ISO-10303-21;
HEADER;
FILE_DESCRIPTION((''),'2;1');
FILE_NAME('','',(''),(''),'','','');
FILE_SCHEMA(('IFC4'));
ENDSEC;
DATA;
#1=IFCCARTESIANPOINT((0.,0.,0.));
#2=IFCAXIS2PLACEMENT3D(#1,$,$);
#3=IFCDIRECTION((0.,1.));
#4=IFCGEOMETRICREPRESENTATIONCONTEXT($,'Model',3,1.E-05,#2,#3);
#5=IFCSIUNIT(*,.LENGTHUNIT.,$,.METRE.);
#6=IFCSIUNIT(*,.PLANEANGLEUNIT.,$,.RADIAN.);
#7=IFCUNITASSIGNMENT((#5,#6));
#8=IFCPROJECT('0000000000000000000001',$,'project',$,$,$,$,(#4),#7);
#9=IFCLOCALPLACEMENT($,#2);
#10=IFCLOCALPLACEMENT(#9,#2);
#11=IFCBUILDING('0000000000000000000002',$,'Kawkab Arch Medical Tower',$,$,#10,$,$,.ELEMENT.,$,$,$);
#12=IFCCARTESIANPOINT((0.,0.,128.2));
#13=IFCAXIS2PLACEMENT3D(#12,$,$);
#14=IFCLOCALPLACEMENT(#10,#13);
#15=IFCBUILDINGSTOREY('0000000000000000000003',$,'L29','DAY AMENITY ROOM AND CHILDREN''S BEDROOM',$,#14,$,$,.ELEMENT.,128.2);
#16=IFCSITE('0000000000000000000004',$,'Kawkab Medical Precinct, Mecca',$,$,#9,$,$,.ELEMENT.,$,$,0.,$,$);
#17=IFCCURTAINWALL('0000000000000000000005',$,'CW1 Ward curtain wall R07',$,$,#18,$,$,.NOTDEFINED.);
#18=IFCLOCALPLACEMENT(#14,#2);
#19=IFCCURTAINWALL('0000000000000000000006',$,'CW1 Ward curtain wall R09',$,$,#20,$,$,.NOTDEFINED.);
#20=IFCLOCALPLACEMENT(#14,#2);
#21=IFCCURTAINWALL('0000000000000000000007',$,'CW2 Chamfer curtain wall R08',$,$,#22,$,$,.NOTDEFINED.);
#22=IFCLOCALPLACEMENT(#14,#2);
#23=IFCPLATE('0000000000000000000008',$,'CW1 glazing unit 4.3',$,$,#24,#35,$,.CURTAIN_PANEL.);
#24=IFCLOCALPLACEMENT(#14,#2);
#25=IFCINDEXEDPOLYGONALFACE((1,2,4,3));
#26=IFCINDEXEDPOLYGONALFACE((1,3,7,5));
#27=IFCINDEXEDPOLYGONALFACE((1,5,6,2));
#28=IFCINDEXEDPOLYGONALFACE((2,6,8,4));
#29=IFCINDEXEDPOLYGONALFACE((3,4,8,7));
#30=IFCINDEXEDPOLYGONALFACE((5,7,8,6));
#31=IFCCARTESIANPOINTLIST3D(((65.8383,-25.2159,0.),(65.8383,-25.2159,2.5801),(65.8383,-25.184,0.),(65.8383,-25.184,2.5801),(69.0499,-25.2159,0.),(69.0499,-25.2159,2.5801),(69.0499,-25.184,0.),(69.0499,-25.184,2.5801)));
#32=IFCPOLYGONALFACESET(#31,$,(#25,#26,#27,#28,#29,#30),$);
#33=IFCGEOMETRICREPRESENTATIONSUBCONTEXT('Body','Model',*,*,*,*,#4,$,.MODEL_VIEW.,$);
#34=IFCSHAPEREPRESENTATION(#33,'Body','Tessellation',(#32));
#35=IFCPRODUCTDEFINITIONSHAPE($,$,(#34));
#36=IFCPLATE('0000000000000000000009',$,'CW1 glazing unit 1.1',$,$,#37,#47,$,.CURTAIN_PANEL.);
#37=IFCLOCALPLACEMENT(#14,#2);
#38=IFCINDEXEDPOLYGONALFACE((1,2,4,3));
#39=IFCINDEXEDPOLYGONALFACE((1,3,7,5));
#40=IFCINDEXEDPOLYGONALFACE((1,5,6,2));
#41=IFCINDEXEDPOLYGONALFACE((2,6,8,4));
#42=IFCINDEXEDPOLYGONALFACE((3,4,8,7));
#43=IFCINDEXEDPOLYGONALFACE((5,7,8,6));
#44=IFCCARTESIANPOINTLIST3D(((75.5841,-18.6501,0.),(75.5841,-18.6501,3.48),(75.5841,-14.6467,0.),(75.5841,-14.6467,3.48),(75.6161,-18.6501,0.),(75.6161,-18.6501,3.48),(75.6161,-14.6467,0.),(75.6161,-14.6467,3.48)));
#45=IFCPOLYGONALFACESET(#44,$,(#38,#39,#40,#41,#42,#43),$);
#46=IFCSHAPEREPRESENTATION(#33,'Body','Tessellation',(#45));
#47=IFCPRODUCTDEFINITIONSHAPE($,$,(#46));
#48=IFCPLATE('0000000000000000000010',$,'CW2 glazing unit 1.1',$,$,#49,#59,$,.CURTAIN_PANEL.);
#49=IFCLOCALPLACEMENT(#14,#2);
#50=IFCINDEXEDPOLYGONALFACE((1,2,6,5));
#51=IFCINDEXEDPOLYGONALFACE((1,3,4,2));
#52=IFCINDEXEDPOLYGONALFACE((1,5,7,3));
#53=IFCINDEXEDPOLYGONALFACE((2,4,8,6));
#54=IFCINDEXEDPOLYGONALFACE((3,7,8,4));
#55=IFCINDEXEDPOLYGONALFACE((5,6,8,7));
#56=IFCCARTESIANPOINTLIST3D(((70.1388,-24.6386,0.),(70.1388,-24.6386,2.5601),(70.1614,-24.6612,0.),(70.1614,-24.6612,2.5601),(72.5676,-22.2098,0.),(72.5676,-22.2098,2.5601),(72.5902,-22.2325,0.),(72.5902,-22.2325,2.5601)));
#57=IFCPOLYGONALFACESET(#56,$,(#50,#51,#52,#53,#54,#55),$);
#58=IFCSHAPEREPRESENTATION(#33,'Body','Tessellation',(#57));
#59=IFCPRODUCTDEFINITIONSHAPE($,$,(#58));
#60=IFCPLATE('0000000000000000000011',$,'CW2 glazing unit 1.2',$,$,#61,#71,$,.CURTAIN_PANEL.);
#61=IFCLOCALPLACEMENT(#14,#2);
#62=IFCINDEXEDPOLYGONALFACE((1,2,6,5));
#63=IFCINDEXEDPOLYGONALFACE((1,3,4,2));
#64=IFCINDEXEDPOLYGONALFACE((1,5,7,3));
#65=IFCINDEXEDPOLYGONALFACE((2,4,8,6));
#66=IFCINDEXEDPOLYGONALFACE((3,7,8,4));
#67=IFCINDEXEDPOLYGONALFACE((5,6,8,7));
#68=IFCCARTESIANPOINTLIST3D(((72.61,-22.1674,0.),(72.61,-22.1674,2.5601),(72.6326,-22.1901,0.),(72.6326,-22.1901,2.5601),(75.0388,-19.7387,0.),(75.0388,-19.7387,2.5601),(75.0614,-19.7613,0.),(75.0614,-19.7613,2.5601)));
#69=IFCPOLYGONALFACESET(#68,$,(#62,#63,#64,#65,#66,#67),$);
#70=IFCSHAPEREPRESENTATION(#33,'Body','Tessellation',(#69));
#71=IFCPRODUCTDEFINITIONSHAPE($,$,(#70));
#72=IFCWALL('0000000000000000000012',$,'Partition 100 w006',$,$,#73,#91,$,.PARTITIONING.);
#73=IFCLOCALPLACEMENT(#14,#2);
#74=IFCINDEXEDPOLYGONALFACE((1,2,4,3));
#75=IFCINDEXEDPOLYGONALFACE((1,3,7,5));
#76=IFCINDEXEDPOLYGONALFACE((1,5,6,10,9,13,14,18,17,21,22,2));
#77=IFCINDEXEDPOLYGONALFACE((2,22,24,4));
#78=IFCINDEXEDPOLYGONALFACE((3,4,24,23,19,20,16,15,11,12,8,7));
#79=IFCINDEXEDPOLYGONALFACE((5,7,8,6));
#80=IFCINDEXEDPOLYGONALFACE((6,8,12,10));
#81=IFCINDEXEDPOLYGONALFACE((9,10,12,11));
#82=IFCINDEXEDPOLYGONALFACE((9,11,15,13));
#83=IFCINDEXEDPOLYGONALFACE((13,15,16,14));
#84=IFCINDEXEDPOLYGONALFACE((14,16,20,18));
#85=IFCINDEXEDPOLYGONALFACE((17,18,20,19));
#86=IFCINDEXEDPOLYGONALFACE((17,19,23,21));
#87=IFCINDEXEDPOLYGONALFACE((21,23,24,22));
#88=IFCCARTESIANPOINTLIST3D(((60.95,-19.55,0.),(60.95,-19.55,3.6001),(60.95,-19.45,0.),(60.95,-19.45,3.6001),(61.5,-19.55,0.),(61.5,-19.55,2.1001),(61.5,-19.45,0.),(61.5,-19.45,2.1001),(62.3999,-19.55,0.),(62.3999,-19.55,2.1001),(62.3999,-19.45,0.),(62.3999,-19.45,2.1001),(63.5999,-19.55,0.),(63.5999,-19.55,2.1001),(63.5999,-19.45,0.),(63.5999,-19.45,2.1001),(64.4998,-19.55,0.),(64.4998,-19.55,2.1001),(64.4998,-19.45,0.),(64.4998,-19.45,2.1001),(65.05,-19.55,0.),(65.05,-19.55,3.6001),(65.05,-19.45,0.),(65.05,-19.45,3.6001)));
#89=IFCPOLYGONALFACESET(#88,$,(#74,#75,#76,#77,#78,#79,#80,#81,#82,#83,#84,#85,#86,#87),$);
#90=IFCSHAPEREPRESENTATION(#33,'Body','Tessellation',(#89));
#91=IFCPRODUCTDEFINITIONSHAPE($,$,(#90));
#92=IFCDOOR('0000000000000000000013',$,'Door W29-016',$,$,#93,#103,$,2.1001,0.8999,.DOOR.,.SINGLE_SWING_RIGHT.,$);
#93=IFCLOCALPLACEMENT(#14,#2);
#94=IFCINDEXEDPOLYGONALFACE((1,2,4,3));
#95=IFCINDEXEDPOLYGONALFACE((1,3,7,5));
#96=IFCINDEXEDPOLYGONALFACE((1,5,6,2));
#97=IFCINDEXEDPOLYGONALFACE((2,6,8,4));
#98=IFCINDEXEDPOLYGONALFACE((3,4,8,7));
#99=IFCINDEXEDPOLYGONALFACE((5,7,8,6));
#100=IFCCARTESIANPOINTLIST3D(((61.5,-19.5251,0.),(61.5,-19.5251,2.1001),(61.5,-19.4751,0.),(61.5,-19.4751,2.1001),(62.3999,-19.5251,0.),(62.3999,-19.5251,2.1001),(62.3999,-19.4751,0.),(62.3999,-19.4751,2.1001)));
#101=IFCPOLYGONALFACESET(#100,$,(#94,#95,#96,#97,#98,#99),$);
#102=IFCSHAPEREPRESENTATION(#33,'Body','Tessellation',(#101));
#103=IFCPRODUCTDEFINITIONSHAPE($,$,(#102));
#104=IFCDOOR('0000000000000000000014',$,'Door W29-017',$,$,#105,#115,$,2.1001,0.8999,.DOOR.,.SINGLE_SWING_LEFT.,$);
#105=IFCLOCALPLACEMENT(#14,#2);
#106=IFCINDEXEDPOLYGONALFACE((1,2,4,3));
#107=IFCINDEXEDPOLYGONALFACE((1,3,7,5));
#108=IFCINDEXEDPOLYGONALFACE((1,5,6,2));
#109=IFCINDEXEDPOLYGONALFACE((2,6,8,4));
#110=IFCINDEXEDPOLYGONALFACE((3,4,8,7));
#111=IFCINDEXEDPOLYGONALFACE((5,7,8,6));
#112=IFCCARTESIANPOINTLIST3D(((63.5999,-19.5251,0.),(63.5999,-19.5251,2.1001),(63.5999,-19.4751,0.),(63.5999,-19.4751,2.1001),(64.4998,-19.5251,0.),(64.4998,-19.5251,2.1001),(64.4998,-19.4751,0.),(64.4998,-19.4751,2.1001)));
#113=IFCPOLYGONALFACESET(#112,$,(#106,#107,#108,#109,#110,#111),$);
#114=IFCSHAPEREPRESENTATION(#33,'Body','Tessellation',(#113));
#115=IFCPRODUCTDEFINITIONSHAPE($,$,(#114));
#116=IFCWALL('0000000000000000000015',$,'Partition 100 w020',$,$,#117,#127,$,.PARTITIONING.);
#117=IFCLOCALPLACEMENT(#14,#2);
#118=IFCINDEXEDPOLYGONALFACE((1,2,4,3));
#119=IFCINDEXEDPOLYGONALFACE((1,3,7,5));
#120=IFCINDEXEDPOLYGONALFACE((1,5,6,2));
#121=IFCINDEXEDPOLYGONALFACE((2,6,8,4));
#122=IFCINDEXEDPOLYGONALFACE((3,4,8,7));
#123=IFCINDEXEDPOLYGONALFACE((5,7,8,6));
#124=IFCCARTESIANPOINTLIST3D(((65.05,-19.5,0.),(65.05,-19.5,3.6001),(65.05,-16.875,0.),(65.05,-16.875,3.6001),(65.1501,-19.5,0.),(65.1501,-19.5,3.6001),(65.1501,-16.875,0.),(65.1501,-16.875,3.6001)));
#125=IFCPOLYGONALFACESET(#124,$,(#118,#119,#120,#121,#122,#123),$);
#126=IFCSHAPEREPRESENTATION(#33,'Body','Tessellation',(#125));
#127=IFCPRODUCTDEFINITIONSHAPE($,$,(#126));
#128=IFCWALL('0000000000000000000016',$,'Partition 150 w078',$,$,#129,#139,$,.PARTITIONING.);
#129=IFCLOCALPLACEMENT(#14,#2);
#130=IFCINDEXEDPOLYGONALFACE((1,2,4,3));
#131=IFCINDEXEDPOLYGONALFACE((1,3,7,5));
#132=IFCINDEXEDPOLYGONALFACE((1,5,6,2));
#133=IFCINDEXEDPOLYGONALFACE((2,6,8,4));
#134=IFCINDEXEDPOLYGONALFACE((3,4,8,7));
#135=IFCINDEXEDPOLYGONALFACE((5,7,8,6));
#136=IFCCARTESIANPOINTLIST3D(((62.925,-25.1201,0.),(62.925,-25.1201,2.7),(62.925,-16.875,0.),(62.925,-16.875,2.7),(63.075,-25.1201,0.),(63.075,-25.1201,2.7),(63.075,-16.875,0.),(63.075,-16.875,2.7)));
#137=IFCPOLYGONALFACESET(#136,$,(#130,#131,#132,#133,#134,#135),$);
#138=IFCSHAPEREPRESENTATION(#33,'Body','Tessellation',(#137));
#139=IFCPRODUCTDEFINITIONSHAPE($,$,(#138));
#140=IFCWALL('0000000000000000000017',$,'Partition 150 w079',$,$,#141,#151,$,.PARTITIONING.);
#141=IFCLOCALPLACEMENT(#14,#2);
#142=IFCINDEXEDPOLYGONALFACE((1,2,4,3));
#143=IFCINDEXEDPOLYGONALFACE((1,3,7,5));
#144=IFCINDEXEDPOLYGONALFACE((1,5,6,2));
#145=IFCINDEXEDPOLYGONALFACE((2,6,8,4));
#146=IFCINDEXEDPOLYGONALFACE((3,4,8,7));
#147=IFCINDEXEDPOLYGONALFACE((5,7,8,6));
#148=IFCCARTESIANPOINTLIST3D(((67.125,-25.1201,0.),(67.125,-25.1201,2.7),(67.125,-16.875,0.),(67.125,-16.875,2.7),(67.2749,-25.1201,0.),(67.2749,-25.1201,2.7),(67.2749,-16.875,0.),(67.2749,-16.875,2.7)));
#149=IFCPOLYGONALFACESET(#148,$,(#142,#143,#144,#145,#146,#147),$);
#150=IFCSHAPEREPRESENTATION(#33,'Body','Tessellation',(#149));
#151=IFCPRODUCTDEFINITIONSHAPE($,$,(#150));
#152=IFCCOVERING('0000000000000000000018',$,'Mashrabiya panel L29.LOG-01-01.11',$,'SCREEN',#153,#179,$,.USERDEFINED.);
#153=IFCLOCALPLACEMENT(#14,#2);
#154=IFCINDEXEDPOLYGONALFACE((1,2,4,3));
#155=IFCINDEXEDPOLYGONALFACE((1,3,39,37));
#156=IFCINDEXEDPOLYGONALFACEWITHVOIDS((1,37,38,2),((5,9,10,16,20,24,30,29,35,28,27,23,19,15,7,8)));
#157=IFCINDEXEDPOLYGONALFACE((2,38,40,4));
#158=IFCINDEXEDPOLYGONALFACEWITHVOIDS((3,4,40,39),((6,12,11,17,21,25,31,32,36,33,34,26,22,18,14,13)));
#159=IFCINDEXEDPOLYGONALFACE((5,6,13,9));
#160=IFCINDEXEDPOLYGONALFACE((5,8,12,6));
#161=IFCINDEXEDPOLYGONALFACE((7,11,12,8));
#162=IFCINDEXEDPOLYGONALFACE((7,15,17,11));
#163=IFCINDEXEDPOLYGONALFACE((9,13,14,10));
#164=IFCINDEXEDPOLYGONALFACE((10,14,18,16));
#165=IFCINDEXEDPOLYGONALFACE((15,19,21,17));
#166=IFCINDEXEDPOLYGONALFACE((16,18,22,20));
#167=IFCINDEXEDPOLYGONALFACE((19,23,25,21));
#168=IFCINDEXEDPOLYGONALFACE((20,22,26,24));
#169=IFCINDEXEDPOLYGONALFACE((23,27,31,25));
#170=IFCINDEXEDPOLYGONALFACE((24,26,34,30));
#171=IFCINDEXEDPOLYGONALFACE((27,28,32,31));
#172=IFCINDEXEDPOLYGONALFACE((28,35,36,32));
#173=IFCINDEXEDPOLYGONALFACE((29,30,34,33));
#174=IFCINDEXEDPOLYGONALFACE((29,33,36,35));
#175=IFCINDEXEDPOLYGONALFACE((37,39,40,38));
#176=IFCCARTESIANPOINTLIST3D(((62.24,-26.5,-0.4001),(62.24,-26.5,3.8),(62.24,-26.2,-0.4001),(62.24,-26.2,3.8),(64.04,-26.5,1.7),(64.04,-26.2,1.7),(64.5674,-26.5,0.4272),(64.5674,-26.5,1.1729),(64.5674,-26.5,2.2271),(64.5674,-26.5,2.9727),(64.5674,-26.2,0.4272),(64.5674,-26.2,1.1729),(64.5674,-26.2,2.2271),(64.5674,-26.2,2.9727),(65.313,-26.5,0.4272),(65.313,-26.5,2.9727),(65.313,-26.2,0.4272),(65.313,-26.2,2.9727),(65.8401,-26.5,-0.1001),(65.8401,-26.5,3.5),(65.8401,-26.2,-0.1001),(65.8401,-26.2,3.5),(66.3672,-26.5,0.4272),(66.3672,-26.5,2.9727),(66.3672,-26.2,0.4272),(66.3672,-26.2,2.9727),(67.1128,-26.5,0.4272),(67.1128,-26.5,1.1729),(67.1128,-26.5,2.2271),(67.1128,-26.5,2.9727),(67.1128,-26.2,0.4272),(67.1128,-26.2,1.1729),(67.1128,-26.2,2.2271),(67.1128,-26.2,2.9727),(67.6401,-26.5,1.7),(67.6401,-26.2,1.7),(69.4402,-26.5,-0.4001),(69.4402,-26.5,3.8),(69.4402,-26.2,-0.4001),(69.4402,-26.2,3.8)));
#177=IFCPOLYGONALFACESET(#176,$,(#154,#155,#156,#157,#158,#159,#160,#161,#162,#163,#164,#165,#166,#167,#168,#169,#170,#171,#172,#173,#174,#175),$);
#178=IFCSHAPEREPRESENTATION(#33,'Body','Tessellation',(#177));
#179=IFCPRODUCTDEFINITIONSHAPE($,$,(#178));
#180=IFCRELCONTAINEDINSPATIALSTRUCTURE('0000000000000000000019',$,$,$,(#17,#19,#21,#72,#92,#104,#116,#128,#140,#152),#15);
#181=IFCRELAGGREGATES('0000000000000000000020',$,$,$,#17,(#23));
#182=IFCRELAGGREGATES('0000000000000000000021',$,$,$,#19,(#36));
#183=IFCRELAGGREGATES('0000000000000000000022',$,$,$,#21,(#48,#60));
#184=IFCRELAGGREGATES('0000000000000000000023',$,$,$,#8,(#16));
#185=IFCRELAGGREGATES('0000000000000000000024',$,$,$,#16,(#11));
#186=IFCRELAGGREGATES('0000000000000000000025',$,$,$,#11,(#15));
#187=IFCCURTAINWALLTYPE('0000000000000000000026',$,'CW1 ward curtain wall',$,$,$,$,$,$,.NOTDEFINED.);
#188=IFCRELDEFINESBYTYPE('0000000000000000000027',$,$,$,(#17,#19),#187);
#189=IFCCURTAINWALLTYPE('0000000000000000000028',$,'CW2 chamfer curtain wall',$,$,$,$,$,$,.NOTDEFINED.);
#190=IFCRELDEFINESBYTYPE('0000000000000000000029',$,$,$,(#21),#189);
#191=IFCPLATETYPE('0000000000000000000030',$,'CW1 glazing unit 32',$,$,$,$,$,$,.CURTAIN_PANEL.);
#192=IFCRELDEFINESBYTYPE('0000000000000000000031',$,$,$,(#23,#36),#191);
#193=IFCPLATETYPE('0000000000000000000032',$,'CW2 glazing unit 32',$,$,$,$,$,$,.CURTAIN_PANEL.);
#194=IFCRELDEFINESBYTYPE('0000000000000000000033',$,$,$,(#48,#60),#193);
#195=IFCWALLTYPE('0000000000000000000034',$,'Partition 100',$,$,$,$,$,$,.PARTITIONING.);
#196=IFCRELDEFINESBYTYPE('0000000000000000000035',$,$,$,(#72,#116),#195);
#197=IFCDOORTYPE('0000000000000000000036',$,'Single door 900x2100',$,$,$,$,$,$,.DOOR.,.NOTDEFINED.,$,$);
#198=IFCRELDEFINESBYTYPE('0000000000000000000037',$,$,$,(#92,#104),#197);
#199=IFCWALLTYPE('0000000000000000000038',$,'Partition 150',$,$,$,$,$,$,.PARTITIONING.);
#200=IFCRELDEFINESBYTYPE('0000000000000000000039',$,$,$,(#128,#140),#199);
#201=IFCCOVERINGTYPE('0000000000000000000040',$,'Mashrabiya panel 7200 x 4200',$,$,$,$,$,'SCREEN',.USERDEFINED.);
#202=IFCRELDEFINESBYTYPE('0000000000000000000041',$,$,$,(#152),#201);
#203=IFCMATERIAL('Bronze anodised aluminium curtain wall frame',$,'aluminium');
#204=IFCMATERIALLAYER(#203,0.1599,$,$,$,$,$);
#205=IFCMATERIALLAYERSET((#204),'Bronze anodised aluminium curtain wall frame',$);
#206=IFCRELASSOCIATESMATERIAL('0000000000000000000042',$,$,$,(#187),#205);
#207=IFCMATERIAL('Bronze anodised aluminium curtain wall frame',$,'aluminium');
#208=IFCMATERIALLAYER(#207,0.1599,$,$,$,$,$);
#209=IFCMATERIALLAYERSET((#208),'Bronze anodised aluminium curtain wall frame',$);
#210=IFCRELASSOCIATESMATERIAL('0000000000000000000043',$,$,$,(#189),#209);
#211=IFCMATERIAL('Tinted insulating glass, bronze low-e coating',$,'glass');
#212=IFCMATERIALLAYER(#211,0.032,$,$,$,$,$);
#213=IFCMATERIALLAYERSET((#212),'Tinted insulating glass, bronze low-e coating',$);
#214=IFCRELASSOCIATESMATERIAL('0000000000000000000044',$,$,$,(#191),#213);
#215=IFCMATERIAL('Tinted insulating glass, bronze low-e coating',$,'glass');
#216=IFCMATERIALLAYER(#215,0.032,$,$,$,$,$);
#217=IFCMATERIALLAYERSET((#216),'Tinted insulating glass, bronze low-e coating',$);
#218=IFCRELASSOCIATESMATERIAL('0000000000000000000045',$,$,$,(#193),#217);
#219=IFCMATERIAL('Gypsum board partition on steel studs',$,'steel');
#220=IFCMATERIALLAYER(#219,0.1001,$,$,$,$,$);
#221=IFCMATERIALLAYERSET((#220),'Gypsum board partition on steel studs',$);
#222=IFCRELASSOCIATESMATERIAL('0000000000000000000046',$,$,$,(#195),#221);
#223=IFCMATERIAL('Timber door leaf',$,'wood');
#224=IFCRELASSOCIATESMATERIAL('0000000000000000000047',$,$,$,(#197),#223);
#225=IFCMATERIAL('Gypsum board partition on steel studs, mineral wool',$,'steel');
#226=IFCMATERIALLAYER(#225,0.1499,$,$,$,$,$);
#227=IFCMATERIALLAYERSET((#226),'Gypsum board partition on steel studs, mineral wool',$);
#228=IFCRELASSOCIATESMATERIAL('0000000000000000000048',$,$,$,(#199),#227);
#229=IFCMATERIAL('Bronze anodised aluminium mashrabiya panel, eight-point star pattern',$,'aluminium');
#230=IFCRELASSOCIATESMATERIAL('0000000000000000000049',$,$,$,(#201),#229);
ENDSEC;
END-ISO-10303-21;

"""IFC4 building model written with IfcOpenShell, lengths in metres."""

from ifc_helpers import new_model, si_unit, direction, frame, frame_2d, origin, origin_2d, place, context, subcontext, project, spatial, polyline, rectangle, outline, extrude, material, layer, layer_set, material_profile, profile_set, type_object, element, fill, aggregate, save


model = new_model("IFC4")

# Units and contexts
model_context = context("Model", 3, precision=1e-05, world=origin(), true_north=direction((0.0, 1.0)))
body_context = subcontext(model_context, "Body", "Model", "MODEL_VIEW")
ifc_project = project(units=[si_unit("LENGTHUNIT", "METRE"), si_unit("PLANEANGLEUNIT", "RADIAN")], contexts=[model_context])

# Site, building, storey
site_placement = place(None, origin())
site = spatial("IfcSite", under=ifc_project, at=site_placement, Name="Kawkab Medical Precinct, Mecca", CompositionType="ELEMENT", RefElevation=0.0)
building_placement = place(site_placement, origin())
building = spatial("IfcBuilding", under=site, at=building_placement, Name="Kawkab Arch Medical Tower", CompositionType="ELEMENT")
storey_placement = place(building_placement, frame((0.0, 0.0, 128.2)))
storey = spatial("IfcBuildingStorey", under=building, at=storey_placement, Name="L29", Description="DAY AMENITY ROOM AND CHILDREN'S BEDROOM", CompositionType="ELEMENT", Elevation=128.2)

# Curtain walls
ifc_material_1 = material(Name="Bronze anodised aluminium curtain wall frame", Category="aluminium")
ifc_layer_1 = layer(ifc_material_1, 0.1599)
ifc_layer_set_1 = layer_set([ifc_layer_1], Name="Bronze anodised aluminium curtain wall frame")
curtain_wall_type_1 = type_object("IfcCurtainWallType", Name="CW1 ward curtain wall", PredefinedType="NOTDEFINED", material=ifc_layer_set_1)
placement = place(storey_placement, origin())
curtain_wall_1 = element("IfcCurtainWall", 1, at=placement, inside=storey, type_object=curtain_wall_type_1, Name="CW1 Ward curtain wall R07", PredefinedType="NOTDEFINED")
curtain_wall_2 = element("IfcCurtainWall", 2, at=placement, inside=storey, type_object=curtain_wall_type_1, Name="CW1 Ward curtain wall R09", PredefinedType="NOTDEFINED")
ifc_material_2 = material(Name="Bronze anodised aluminium curtain wall frame", Category="aluminium")
ifc_layer_2 = layer(ifc_material_2, 0.1599)
ifc_layer_set_2 = layer_set([ifc_layer_2], Name="Bronze anodised aluminium curtain wall frame")
curtain_wall_type_2 = type_object("IfcCurtainWallType", Name="CW2 chamfer curtain wall", PredefinedType="NOTDEFINED", material=ifc_layer_set_2)
curtain_wall_3 = element("IfcCurtainWall", 3, at=placement, inside=storey, type_object=curtain_wall_type_2, Name="CW2 Chamfer curtain wall R08", PredefinedType="NOTDEFINED")

# Plates
ifc_material_3 = material(Name="Tinted insulating glass, bronze low-e coating", Category="glass")
ifc_layer_3 = layer(ifc_material_3, 0.032)
ifc_layer_set_3 = layer_set([ifc_layer_3], Name="Tinted insulating glass, bronze low-e coating")
plate_type_1 = type_object("IfcPlateType", Name="CW1 glazing unit 32", PredefinedType="CURTAIN_PANEL", material=ifc_layer_set_3)
plate_1_placement = place(storey_placement, frame((67.4441, -25.2, 0.0), z_axis=(0.0, 0.0, 1.0), x_axis=(1.0, 0.0, 0.0)))
plate_1 = element("IfcPlate", 4, at=plate_1_placement, type_object=plate_type_1, Name="CW1 glazing unit 4.3", PredefinedType="CURTAIN_PANEL", context=body_context, shape_type="SweptSolid", body=[
    extrude(rectangle(XDim=3.2117, YDim=0.032, at=origin_2d()), origin(), (0.0, 0.0, 1.0), 2.5801),
])
aggregate(curtain_wall_1, [plate_1])
plate_2_placement = place(storey_placement, frame((75.6001, -16.6484, 0.0), z_axis=(0.0, 0.0, 1.0), x_axis=(0.0, 1.0, 0.0)))
plate_2 = element("IfcPlate", 5, at=plate_2_placement, type_object=plate_type_1, Name="CW1 glazing unit 1.1", PredefinedType="CURTAIN_PANEL", context=body_context, shape_type="SweptSolid", body=[
    extrude(rectangle(XDim=4.0034, YDim=0.032, at=origin_2d()), origin(), (0.0, 0.0, 1.0), 3.48),
])
aggregate(curtain_wall_2, [plate_2])
ifc_material_4 = material(Name="Tinted insulating glass, bronze low-e coating", Category="glass")
ifc_layer_4 = layer(ifc_material_4, 0.032)
ifc_layer_set_4 = layer_set([ifc_layer_4], Name="Tinted insulating glass, bronze low-e coating")
plate_type_2 = type_object("IfcPlateType", Name="CW2 glazing unit 32", PredefinedType="CURTAIN_PANEL", material=ifc_layer_set_4)
plate_3_placement = place(storey_placement, frame((71.3645, -23.4355, 0.0), z_axis=(0.0, 0.0, 1.0), x_axis=(0.707107, 0.707107, 0.0)))
plate_3 = element("IfcPlate", 6, at=plate_3_placement, type_object=plate_type_2, Name="CW2 glazing unit 1.1", PredefinedType="CURTAIN_PANEL", context=body_context, shape_type="SweptSolid", body=[
    extrude(rectangle(XDim=3.4348, YDim=0.032, at=origin_2d()), origin(), (0.0, 0.0, 1.0), 2.5601),
])
plate_4_placement = place(storey_placement, frame((73.8357, -20.9644, 0.0), z_axis=(0.0, 0.0, 1.0), x_axis=(0.707107, 0.707107, 0.0)))
plate_4 = element("IfcPlate", 7, at=plate_4_placement, type_object=plate_type_2, Name="CW2 glazing unit 1.2", PredefinedType="CURTAIN_PANEL", context=body_context, shape_type="SweptSolid", body=[
    extrude(rectangle(XDim=3.4348, YDim=0.032, at=origin_2d()), origin(), (0.0, 0.0, 1.0), 2.5601),
])
aggregate(curtain_wall_3, [plate_3, plate_4])

# Wall, openings, doors
ifc_material_5 = material(Name="Gypsum board partition on steel studs", Category="steel")
ifc_layer_5 = layer(ifc_material_5, 0.1001)
ifc_layer_set_5 = layer_set([ifc_layer_5], Name="Gypsum board partition on steel studs")
wall_type_1 = type_object("IfcWallType", Name="Partition 100", PredefinedType="PARTITIONING", material=ifc_layer_set_5)
wall_1_placement = place(storey_placement, frame((60.95, -19.5, 0.0), z_axis=(0.0, 0.0, 1.0), x_axis=(1.0, 0.0, 0.0)))
wall_1 = element("IfcWall", 8, at=wall_1_placement, inside=storey, type_object=wall_type_1, Name="Partition 100 w006", PredefinedType="PARTITIONING", context=body_context, shape_type="SweptSolid", body=[
    extrude(rectangle(XDim=4.1001, YDim=0.1001, at=frame_2d((2.05, 0.0))), origin(), (0.0, 0.0, 1.0), 3.6001),
])
opening_1_placement = place(wall_1_placement, frame((0.55, 0.0, 0.0)))
opening_1 = element("IfcOpeningElement", 9, at=opening_1_placement, cuts=wall_1, PredefinedType="OPENING", context=body_context, shape_type="SweptSolid", body=[
    extrude(rectangle(XDim=0.8999, YDim=2.1001, at=frame_2d((0.45, 1.05))), frame((0.0, 0.0601, 0.0), z_axis=(0.0, -1.0, 0.0), x_axis=(1.0, 0.0, 0.0)), (0.0, 0.0, 1.0), 0.1201),
])
opening_2_placement = place(wall_1_placement, frame((2.6499, 0.0, 0.0)))
opening_2 = element("IfcOpeningElement", 10, at=opening_2_placement, cuts=wall_1, PredefinedType="OPENING", context=body_context, shape_type="SweptSolid", body=[
    extrude(rectangle(XDim=0.8999, YDim=2.1001, at=frame_2d((0.45, 1.05))), frame((0.0, 0.0601, 0.0), z_axis=(0.0, -1.0, 0.0), x_axis=(1.0, 0.0, 0.0)), (0.0, 0.0, 1.0), 0.1201),
])
ifc_material_6 = material(Name="Timber door leaf", Category="wood")
door_type = type_object("IfcDoorType", Name="Single door 900x2100", OperationType="NOTDEFINED", PredefinedType="DOOR", material=ifc_material_6)
door_1_placement = place(opening_1_placement, origin())
door_1 = element("IfcDoor", 11, at=door_1_placement, inside=storey, type_object=door_type, Name="Door W29-016", OperationType="SINGLE_SWING_RIGHT", OverallHeight=2.1001, OverallWidth=0.8999, PredefinedType="DOOR", context=body_context, shape_type="SweptSolid", body=[
    extrude(rectangle(XDim=0.8999, YDim=2.1001, at=frame_2d((0.45, 1.05))), frame((0.0, 0.0249, 0.0), z_axis=(0.0, -1.0, 0.0), x_axis=(1.0, 0.0, 0.0)), (0.0, 0.0, 1.0), 0.05),
])
fill(opening_1, door_1)
door_2_placement = place(opening_2_placement, origin())
door_2 = element("IfcDoor", 12, at=door_2_placement, inside=storey, type_object=door_type, Name="Door W29-017", OperationType="SINGLE_SWING_LEFT", OverallHeight=2.1001, OverallWidth=0.8999, PredefinedType="DOOR", context=body_context, shape_type="SweptSolid", body=[
    extrude(rectangle(XDim=0.8999, YDim=2.1001, at=frame_2d((0.45, 1.05))), frame((0.0, 0.0249, 0.0), z_axis=(0.0, -1.0, 0.0), x_axis=(1.0, 0.0, 0.0)), (0.0, 0.0, 1.0), 0.05),
])
fill(opening_2, door_2)

# Walls
wall_2_placement = place(storey_placement, frame((65.1001, -19.5, 0.0), z_axis=(0.0, 0.0, 1.0), x_axis=(0.0, 1.0, 0.0)))
element("IfcWall", 13, at=wall_2_placement, inside=storey, type_object=wall_type_1, Name="Partition 100 w020", PredefinedType="PARTITIONING", context=body_context, shape_type="SweptSolid", body=[
    extrude(rectangle(XDim=2.625, YDim=0.1001, at=frame_2d((1.3125, 0.0))), origin(), (0.0, 0.0, 1.0), 3.6001),
])
ifc_material_7 = material(Name="Gypsum board partition on steel studs, mineral wool", Category="steel")
ifc_layer_6 = layer(ifc_material_7, 0.1499)
ifc_layer_set_6 = layer_set([ifc_layer_6], Name="Gypsum board partition on steel studs, mineral wool")
wall_type_2 = type_object("IfcWallType", Name="Partition 150", PredefinedType="PARTITIONING", material=ifc_layer_set_6)
for number, where, z_axis, x_axis, name in (
    (14, (63.0, -25.1201, 0.0), (0.0, 0.0, 1.0), (0.0, 1.0, 0.0), "Partition 150 w078"),
    (15, (67.2, -25.1201, 0.0), (0.0, 0.0, 1.0), (0.0, 1.0, 0.0), "Partition 150 w079"),
):
    element("IfcWall", number, at=place(storey_placement, frame(where, z_axis=z_axis, x_axis=x_axis)), inside=storey, type_object=wall_type_2, Name=name, PredefinedType="PARTITIONING", context=body_context, shape_type="SweptSolid", body=[
        extrude(rectangle(XDim=8.2451, YDim=0.1499, at=frame_2d((4.1226, 0.0))), origin(), (0.0, 0.0, 1.0), 2.7),
    ])

# Covering
ifc_material_8 = material(Name="Bronze anodised aluminium mashrabiya panel, eight-point star pattern", Category="aluminium")
ifc_material_profile_1 = material_profile(ifc_material_8, outline(polyline([(-3.6001, -2.1001), (3.6001, -2.1001), (3.6001, 2.1001), (-3.6001, 2.1001), (-3.6001, -2.1001)]), holes=[polyline([(1.8, 0.0), (1.2727, 0.5271), (1.2727, 1.2727), (0.5271, 1.2727), (0.0, 1.8), (-0.5271, 1.2727), (-1.2727, 1.2727), (-1.2727, 0.5271), (-1.8, 0.0), (-1.2727, -0.5271), (-1.2727, -1.2727), (-0.5271, -1.2727), (0.0, -1.8), (0.5271, -1.2727), (1.2727, -1.2727), (1.2727, -0.5271), (1.8, 0.0)])]), Name="Mashrabiya panel 7200x4200")
ifc_profile_set_1 = profile_set([ifc_material_profile_1], Name="Bronze anodised aluminium mashrabiya panel, eight-point star pattern")
covering_type_1 = type_object("IfcCoveringType", Name="Mashrabiya panel 7200 x 4200", ElementType="SCREEN", PredefinedType="USERDEFINED", material=ifc_profile_set_1)
covering_1_placement = place(storey_placement, frame((65.8401, -26.2, 1.7), z_axis=(0.0, -1.0, 0.0), x_axis=(1.0, 0.0, 0.0)))
element("IfcCovering", 16, at=covering_1_placement, inside=storey, type_object=covering_type_1, Name="Mashrabiya panel L29.LOG-01-01.11", ObjectType="SCREEN", PredefinedType="USERDEFINED", context=body_context, shape_type="SweptSolid", body=[
    extrude(outline(polyline([(-3.6001, -2.1001), (3.6001, -2.1001), (3.6001, 2.1001), (-3.6001, 2.1001), (-3.6001, -2.1001)]), holes=[polyline([(1.8, 0.0), (1.2727, 0.5271), (1.2727, 1.2727), (0.5271, 1.2727), (0.0, 1.8), (-0.5271, 1.2727), (-1.2727, 1.2727), (-1.2727, 0.5271), (-1.8, 0.0), (-1.2727, -0.5271), (-1.2727, -1.2727), (-0.5271, -1.2727), (0.0, -1.8), (0.5271, -1.2727), (1.2727, -1.2727), (1.2727, -0.5271), (1.8, 0.0)])]), origin(), (0.0, 0.0, 1.0), 0.3),
])

save(model, "model.ifc")
